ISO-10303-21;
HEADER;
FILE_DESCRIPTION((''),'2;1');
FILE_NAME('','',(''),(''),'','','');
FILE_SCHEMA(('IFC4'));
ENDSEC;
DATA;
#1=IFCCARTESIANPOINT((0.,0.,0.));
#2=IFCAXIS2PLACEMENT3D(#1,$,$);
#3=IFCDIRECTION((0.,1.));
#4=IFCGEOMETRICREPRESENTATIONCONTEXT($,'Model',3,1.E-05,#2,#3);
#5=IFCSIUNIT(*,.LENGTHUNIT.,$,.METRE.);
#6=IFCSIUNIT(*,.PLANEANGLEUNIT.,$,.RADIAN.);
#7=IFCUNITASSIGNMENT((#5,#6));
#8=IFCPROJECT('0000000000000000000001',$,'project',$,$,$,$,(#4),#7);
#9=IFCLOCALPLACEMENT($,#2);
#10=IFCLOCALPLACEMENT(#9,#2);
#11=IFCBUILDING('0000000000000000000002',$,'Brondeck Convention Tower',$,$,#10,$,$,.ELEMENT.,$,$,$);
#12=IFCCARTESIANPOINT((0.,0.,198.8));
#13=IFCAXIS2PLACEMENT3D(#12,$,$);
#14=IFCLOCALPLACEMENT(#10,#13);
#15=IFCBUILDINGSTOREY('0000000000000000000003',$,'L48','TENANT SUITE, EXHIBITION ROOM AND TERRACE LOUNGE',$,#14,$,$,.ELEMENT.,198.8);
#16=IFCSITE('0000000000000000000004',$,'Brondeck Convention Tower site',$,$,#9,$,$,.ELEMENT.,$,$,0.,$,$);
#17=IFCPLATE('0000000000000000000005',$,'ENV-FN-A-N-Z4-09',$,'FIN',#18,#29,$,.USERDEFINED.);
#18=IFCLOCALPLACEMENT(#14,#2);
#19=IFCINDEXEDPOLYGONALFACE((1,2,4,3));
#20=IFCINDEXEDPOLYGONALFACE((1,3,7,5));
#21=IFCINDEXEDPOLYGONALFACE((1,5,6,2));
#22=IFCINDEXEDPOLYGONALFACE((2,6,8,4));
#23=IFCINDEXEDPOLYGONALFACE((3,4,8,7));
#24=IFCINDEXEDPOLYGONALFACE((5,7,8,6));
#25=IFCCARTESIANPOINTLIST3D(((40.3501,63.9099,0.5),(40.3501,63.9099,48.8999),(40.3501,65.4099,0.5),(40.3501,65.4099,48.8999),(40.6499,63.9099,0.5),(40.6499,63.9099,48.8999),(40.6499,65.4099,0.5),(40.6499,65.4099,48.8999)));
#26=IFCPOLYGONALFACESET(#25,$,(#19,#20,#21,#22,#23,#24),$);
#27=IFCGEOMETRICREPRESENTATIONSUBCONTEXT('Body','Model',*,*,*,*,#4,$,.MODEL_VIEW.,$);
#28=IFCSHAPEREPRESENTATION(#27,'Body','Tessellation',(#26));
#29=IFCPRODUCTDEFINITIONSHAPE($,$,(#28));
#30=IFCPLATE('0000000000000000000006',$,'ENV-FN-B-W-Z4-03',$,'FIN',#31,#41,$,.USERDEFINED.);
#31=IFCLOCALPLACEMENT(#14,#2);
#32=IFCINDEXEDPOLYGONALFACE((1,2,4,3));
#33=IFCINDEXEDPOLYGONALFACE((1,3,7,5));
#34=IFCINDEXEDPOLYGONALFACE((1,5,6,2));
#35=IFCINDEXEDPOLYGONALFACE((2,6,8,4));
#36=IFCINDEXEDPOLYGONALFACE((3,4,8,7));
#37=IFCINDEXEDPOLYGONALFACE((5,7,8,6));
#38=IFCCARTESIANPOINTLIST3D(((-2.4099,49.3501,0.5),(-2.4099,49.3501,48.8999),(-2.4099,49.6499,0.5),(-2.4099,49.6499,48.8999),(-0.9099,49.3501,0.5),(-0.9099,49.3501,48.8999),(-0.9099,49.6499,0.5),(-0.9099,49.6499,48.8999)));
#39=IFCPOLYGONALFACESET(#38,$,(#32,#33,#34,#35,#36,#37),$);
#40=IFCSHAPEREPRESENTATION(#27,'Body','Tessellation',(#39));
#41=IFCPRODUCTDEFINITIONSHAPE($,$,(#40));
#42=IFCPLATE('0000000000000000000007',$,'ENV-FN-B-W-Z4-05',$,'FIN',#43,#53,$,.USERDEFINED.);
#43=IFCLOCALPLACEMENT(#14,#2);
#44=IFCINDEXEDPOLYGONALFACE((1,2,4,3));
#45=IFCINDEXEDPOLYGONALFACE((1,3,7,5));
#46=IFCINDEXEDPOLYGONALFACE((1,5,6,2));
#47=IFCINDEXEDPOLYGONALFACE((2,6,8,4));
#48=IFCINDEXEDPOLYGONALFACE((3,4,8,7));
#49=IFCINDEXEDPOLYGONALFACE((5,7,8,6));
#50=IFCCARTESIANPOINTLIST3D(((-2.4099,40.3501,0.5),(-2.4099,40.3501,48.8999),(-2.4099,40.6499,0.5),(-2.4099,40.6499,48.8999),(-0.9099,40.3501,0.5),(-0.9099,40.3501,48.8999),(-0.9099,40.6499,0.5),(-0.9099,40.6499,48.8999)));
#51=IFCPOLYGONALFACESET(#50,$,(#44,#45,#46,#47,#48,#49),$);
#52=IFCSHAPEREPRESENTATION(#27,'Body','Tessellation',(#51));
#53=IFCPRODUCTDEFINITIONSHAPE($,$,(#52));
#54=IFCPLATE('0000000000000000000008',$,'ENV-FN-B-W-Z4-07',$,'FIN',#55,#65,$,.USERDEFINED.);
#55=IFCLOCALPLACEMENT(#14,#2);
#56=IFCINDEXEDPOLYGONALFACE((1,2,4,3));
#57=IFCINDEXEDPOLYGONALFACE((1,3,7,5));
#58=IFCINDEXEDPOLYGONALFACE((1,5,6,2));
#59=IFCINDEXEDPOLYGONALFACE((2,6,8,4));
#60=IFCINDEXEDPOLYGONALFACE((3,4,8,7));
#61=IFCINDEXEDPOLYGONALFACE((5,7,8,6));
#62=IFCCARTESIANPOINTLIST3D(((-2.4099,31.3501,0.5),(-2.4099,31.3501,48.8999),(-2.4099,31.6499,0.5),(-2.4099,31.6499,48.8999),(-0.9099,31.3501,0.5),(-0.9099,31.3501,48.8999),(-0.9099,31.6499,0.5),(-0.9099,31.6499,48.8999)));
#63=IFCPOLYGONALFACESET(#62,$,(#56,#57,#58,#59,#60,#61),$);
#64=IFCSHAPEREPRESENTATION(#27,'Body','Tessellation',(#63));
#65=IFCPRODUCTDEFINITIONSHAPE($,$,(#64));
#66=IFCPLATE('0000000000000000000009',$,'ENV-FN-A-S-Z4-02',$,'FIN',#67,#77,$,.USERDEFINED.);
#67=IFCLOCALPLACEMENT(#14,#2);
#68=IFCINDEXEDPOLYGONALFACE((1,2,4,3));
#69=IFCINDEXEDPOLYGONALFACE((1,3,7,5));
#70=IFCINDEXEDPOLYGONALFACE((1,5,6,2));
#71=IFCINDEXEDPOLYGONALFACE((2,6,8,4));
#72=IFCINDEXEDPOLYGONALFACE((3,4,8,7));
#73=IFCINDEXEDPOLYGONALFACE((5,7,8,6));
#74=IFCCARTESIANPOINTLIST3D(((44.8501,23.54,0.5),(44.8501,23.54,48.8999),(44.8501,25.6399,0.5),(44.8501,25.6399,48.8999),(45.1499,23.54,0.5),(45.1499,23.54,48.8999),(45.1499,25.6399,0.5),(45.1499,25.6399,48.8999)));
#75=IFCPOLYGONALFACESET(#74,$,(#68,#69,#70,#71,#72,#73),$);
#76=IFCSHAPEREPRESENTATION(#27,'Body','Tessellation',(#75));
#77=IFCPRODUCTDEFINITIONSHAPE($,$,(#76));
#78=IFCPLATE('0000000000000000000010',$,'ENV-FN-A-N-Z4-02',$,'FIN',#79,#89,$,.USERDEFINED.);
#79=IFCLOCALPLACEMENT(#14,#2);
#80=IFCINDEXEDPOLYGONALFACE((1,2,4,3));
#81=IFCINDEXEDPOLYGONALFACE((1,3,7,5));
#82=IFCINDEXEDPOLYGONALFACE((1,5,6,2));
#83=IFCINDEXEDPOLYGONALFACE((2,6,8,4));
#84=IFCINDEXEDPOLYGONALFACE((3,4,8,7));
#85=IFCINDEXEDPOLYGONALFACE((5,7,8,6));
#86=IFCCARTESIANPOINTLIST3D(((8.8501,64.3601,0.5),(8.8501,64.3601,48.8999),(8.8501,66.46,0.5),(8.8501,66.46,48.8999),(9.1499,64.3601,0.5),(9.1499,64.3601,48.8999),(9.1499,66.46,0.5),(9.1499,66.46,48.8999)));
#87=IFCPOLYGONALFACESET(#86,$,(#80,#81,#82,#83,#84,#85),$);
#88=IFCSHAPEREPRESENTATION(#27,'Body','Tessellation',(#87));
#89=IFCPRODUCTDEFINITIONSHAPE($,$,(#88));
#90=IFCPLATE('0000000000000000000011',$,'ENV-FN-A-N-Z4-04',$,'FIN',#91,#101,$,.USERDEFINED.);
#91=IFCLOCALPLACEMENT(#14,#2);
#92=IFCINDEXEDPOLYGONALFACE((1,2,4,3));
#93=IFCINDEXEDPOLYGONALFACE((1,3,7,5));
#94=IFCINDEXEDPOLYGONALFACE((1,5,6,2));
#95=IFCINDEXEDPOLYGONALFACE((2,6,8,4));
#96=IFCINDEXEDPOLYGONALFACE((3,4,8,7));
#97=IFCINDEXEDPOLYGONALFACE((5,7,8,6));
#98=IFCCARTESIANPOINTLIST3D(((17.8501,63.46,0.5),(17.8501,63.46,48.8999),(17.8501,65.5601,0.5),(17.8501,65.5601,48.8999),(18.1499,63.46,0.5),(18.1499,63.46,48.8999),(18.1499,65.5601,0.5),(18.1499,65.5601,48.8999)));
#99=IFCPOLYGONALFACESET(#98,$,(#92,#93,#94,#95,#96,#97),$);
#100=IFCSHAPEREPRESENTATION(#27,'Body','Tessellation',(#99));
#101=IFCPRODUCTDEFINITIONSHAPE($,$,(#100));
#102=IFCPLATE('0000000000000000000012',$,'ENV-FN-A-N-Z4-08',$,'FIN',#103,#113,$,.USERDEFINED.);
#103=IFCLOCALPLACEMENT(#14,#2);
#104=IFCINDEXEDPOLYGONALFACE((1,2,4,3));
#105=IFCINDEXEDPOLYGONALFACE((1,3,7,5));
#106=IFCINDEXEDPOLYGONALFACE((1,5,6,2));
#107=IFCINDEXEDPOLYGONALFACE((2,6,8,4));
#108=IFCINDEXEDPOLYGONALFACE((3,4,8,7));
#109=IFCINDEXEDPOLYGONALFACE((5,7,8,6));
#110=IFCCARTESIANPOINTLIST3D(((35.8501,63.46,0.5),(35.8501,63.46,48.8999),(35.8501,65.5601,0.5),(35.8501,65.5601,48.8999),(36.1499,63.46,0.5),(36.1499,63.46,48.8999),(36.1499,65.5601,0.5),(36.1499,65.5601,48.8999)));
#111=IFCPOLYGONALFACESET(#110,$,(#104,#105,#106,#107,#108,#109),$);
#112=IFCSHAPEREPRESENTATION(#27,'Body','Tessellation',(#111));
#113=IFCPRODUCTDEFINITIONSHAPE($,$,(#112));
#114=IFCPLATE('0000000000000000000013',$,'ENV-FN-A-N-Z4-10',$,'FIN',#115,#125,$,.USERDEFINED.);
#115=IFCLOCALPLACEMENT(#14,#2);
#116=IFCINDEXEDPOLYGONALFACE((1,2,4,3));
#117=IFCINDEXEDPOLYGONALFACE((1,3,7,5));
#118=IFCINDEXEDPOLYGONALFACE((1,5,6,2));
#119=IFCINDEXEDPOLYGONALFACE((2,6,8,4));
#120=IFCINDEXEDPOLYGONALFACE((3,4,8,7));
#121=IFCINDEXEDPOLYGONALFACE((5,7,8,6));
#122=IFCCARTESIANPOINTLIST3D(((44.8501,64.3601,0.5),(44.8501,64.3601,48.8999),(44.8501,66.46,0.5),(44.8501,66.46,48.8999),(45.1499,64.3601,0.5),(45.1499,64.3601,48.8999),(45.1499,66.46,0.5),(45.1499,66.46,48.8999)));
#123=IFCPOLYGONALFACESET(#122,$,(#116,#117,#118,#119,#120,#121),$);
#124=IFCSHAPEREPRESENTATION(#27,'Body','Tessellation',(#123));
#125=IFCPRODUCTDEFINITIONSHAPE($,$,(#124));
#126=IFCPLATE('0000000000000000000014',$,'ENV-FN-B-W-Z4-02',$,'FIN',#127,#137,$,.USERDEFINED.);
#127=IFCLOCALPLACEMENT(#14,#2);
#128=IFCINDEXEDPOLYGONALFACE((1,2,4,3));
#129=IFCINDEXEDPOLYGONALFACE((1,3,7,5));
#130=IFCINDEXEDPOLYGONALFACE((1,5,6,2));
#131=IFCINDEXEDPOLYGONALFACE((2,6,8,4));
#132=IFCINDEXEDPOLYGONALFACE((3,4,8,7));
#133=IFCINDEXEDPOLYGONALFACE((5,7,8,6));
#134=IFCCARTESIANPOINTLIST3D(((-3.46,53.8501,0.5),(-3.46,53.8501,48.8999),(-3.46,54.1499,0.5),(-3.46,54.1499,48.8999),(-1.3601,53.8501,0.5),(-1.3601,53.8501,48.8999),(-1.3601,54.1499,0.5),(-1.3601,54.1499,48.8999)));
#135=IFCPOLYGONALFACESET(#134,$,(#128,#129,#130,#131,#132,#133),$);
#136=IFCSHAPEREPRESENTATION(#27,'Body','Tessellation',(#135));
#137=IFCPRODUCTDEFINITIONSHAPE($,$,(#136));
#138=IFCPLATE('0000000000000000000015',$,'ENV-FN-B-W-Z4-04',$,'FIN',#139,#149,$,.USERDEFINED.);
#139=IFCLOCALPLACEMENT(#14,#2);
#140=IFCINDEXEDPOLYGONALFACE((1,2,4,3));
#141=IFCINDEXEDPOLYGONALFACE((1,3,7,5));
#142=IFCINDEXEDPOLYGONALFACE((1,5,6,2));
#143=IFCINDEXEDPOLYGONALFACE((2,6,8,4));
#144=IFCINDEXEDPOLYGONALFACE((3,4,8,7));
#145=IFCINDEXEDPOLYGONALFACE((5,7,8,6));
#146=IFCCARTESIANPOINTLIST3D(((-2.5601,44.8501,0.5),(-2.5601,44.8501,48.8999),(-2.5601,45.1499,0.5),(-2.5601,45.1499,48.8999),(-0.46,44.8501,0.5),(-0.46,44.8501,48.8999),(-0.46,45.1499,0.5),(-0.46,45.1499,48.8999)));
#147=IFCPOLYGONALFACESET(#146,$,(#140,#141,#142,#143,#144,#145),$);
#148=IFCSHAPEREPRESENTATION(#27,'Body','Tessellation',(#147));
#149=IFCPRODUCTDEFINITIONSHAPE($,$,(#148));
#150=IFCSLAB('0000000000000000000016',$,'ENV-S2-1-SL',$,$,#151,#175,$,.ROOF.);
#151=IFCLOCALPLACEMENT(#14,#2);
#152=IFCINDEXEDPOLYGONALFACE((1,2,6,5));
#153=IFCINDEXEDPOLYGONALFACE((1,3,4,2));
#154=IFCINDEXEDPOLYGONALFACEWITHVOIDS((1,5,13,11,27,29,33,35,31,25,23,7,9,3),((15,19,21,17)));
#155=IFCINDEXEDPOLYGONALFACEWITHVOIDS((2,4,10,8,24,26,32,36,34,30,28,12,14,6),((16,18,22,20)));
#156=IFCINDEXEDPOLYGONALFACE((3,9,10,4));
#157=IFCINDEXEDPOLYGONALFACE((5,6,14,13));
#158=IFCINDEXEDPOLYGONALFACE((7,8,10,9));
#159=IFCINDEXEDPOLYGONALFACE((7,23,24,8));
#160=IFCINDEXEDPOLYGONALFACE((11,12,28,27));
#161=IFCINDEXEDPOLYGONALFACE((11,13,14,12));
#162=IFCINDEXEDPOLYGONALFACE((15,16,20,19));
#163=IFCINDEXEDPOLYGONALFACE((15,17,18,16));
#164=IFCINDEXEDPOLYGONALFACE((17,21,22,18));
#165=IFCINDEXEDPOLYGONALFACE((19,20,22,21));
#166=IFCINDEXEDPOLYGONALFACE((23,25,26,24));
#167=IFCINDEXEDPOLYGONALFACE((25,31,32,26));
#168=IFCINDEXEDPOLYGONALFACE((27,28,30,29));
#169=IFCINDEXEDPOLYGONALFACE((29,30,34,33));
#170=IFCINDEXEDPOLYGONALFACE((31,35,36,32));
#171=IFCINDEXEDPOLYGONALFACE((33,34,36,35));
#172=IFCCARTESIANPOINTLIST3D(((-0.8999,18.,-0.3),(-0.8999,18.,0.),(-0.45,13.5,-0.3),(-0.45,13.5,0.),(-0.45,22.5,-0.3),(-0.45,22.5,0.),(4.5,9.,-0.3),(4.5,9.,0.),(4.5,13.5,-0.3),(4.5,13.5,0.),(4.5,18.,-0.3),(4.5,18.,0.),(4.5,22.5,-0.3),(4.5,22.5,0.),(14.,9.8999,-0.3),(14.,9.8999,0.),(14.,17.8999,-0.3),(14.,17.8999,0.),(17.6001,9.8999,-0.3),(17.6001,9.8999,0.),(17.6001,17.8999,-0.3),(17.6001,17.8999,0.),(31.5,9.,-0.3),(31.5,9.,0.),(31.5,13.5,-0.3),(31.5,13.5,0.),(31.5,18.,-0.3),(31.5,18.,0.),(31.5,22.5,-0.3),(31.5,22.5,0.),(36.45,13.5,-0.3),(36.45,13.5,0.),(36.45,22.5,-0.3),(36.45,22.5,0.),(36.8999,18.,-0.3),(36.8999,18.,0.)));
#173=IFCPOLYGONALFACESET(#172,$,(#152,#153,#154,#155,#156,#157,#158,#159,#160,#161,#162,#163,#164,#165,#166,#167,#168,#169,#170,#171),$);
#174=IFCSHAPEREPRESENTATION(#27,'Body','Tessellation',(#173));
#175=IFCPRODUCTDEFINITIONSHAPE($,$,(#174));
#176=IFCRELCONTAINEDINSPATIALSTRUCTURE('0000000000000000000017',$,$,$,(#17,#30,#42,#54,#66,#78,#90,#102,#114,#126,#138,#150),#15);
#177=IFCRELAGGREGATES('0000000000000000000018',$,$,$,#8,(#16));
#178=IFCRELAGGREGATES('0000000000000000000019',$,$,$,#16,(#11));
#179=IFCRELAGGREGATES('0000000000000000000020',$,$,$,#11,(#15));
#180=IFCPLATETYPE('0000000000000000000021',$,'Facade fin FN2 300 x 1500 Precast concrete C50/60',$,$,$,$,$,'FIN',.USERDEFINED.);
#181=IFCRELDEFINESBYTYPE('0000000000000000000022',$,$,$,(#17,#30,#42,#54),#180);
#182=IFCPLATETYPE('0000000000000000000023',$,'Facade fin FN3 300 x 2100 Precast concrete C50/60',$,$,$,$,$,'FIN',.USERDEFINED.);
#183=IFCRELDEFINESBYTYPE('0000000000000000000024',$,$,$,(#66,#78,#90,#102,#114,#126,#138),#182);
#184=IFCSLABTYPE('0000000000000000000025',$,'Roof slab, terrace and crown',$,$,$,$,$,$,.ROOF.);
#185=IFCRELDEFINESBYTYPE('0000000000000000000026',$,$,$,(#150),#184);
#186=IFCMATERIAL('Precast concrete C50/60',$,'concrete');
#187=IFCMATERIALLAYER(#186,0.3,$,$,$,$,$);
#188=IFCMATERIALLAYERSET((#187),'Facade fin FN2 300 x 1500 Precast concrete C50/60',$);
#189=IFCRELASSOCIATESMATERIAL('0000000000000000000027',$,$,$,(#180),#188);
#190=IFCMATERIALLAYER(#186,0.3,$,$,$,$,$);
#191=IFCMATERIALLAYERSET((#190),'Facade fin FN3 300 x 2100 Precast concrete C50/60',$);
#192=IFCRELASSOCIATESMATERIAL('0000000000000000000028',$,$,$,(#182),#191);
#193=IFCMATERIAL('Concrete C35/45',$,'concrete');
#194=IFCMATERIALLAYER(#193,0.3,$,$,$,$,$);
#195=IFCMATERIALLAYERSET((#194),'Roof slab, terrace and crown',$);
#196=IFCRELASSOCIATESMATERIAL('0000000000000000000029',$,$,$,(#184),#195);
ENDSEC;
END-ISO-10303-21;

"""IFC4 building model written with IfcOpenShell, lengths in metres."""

from ifc_helpers import new_model, si_unit, direction, frame, origin, place, context, subcontext, project, spatial, polyline, outline, extrude, material, layer, layer_set, type_object, element, save


model = new_model("IFC4")

# Units and contexts
model_context = context("Model", 3, precision=1e-05, world=origin(), true_north=direction((0.0, 1.0)))
body_context = subcontext(model_context, "Body", "Model", "MODEL_VIEW")
ifc_project = project(units=[si_unit("LENGTHUNIT", "METRE"), si_unit("PLANEANGLEUNIT", "RADIAN")], contexts=[model_context])

# Site, building, storey
site_placement = place(None, origin())
site = spatial("IfcSite", under=ifc_project, at=site_placement, Name="Brondeck Convention Tower site", CompositionType="ELEMENT", RefElevation=0.0)
building_placement = place(site_placement, origin())
building = spatial("IfcBuilding", under=site, at=building_placement, Name="Brondeck Convention Tower", CompositionType="ELEMENT")
storey_placement = place(building_placement, frame((0.0, 0.0, 198.8)))
storey = spatial("IfcBuildingStorey", under=building, at=storey_placement, Name="L48", Description="TENANT SUITE, EXHIBITION ROOM AND TERRACE LOUNGE", CompositionType="ELEMENT", Elevation=198.8)

# Shared definitions
ifc_material_1 = material(Name="Concrete C35/45", Category="concrete")

# Plates
ifc_material_2 = material(Name="Precast concrete C50/60", Category="concrete")
ifc_layer_1 = layer(ifc_material_2, 0.3)
ifc_layer_set_1 = layer_set([ifc_layer_1], Name="Facade fin FN2 300 x 1500 Precast concrete C50/60")
plate_type_1 = type_object("IfcPlateType", Name="Facade fin FN2 300 x 1500 Precast concrete C50/60", ElementType="FIN", PredefinedType="USERDEFINED", material=ifc_layer_set_1)
plate_1_placement = place(storey_placement, frame((0.0, 0.0, 0.5)))
element("IfcPlate", 1, at=plate_1_placement, inside=storey, type_object=plate_type_1, Name="ENV-FN-A-N-Z4-09", ObjectType="FIN", PredefinedType="USERDEFINED", context=body_context, shape_type="SweptSolid", body=[
    extrude(outline(polyline([(40.3501, 65.4099), (40.3501, 63.9099), (40.6499, 63.9099), (40.6499, 65.4099), (40.3501, 65.4099)])), origin(), (0.0, 0.0, 1.0), 48.3999),
])
plate_2_placement = place(storey_placement, frame((0.0, 0.0, 0.5)))
element("IfcPlate", 2, at=plate_2_placement, inside=storey, type_object=plate_type_1, Name="ENV-FN-B-W-Z4-03", ObjectType="FIN", PredefinedType="USERDEFINED", context=body_context, shape_type="SweptSolid", body=[
    extrude(outline(polyline([(-2.4099, 49.3501), (-0.9099, 49.3501), (-0.9099, 49.6499), (-2.4099, 49.6499), (-2.4099, 49.3501)])), origin(), (0.0, 0.0, 1.0), 48.3999),
])
plate_3_placement = place(storey_placement, frame((0.0, 0.0, 0.5)))
element("IfcPlate", 3, at=plate_3_placement, inside=storey, type_object=plate_type_1, Name="ENV-FN-B-W-Z4-05", ObjectType="FIN", PredefinedType="USERDEFINED", context=body_context, shape_type="SweptSolid", body=[
    extrude(outline(polyline([(-2.4099, 40.3501), (-0.9099, 40.3501), (-0.9099, 40.6499), (-2.4099, 40.6499), (-2.4099, 40.3501)])), origin(), (0.0, 0.0, 1.0), 48.3999),
])
plate_4_placement = place(storey_placement, frame((0.0, 0.0, 0.5)))
element("IfcPlate", 4, at=plate_4_placement, inside=storey, type_object=plate_type_1, Name="ENV-FN-B-W-Z4-07", ObjectType="FIN", PredefinedType="USERDEFINED", context=body_context, shape_type="SweptSolid", body=[
    extrude(outline(polyline([(-2.4099, 31.3501), (-0.9099, 31.3501), (-0.9099, 31.6499), (-2.4099, 31.6499), (-2.4099, 31.3501)])), origin(), (0.0, 0.0, 1.0), 48.3999),
])
ifc_layer_2 = layer(ifc_material_2, 0.3)
ifc_layer_set_2 = layer_set([ifc_layer_2], Name="Facade fin FN3 300 x 2100 Precast concrete C50/60")
plate_type_2 = type_object("IfcPlateType", Name="Facade fin FN3 300 x 2100 Precast concrete C50/60", ElementType="FIN", PredefinedType="USERDEFINED", material=ifc_layer_set_2)
plate_5_placement = place(storey_placement, frame((0.0, 0.0, 0.5)))
element("IfcPlate", 5, at=plate_5_placement, inside=storey, type_object=plate_type_2, Name="ENV-FN-A-S-Z4-02", ObjectType="FIN", PredefinedType="USERDEFINED", context=body_context, shape_type="SweptSolid", body=[
    extrude(outline(polyline([(45.1499, 23.54), (45.1499, 25.6399), (44.8501, 25.6399), (44.8501, 23.54), (45.1499, 23.54)])), origin(), (0.0, 0.0, 1.0), 48.3999),
])
plate_6_placement = place(storey_placement, frame((0.0, 0.0, 0.5)))
element("IfcPlate", 6, at=plate_6_placement, inside=storey, type_object=plate_type_2, Name="ENV-FN-A-N-Z4-02", ObjectType="FIN", PredefinedType="USERDEFINED", context=body_context, shape_type="SweptSolid", body=[
    extrude(outline(polyline([(8.8501, 66.46), (8.8501, 64.3601), (9.1499, 64.3601), (9.1499, 66.46), (8.8501, 66.46)])), origin(), (0.0, 0.0, 1.0), 48.3999),
])
plate_7_placement = place(storey_placement, frame((0.0, 0.0, 0.5)))
element("IfcPlate", 7, at=plate_7_placement, inside=storey, type_object=plate_type_2, Name="ENV-FN-A-N-Z4-04", ObjectType="FIN", PredefinedType="USERDEFINED", context=body_context, shape_type="SweptSolid", body=[
    extrude(outline(polyline([(17.8501, 65.5601), (17.8501, 63.46), (18.1499, 63.46), (18.1499, 65.5601), (17.8501, 65.5601)])), origin(), (0.0, 0.0, 1.0), 48.3999),
])
plate_8_placement = place(storey_placement, frame((0.0, 0.0, 0.5)))
element("IfcPlate", 8, at=plate_8_placement, inside=storey, type_object=plate_type_2, Name="ENV-FN-A-N-Z4-08", ObjectType="FIN", PredefinedType="USERDEFINED", context=body_context, shape_type="SweptSolid", body=[
    extrude(outline(polyline([(35.8501, 65.5601), (35.8501, 63.46), (36.1499, 63.46), (36.1499, 65.5601), (35.8501, 65.5601)])), origin(), (0.0, 0.0, 1.0), 48.3999),
])
plate_9_placement = place(storey_placement, frame((0.0, 0.0, 0.5)))
element("IfcPlate", 9, at=plate_9_placement, inside=storey, type_object=plate_type_2, Name="ENV-FN-A-N-Z4-10", ObjectType="FIN", PredefinedType="USERDEFINED", context=body_context, shape_type="SweptSolid", body=[
    extrude(outline(polyline([(44.8501, 66.46), (44.8501, 64.3601), (45.1499, 64.3601), (45.1499, 66.46), (44.8501, 66.46)])), origin(), (0.0, 0.0, 1.0), 48.3999),
])
plate_10_placement = place(storey_placement, frame((0.0, 0.0, 0.5)))
element("IfcPlate", 10, at=plate_10_placement, inside=storey, type_object=plate_type_2, Name="ENV-FN-B-W-Z4-02", ObjectType="FIN", PredefinedType="USERDEFINED", context=body_context, shape_type="SweptSolid", body=[
    extrude(outline(polyline([(-3.46, 53.8501), (-1.3601, 53.8501), (-1.3601, 54.1499), (-3.46, 54.1499), (-3.46, 53.8501)])), origin(), (0.0, 0.0, 1.0), 48.3999),
])
plate_11_placement = place(storey_placement, frame((0.0, 0.0, 0.5)))
element("IfcPlate", 11, at=plate_11_placement, inside=storey, type_object=plate_type_2, Name="ENV-FN-B-W-Z4-04", ObjectType="FIN", PredefinedType="USERDEFINED", context=body_context, shape_type="SweptSolid", body=[
    extrude(outline(polyline([(-2.5601, 44.8501), (-0.46, 44.8501), (-0.46, 45.1499), (-2.5601, 45.1499), (-2.5601, 44.8501)])), origin(), (0.0, 0.0, 1.0), 48.3999),
])

# Slab
ifc_layer_3 = layer(ifc_material_1, 0.3)
ifc_layer_set_3 = layer_set([ifc_layer_3], Name="Roof slab, terrace and crown")
slab_type_1 = type_object("IfcSlabType", Name="Roof slab, terrace and crown", PredefinedType="ROOF", material=ifc_layer_set_3)
slab_1_placement = place(storey_placement, frame((0.0, 0.0, -0.3)))
element("IfcSlab", 12, at=slab_1_placement, inside=storey, type_object=slab_type_1, Name="ENV-S2-1-SL", PredefinedType="ROOF", context=body_context, shape_type="SweptSolid", body=[
    extrude(outline(polyline([(36.45, 13.5), (36.8999, 18.0), (36.45, 22.5), (31.5, 22.5), (31.5, 18.0), (4.5, 18.0), (4.5, 22.5), (-0.45, 22.5), (-0.8999, 18.0), (-0.45, 13.5), (4.5, 13.5), (4.5, 9.0), (31.5, 9.0), (31.5, 13.5), (36.45, 13.5)]), holes=[polyline([(17.6001, 17.8999), (17.6001, 9.8999), (14.0, 9.8999), (14.0, 17.8999), (17.6001, 17.8999)])]), origin(), (0.0, 0.0, 1.0), 0.3),
])

save(model, "model.ifc")
